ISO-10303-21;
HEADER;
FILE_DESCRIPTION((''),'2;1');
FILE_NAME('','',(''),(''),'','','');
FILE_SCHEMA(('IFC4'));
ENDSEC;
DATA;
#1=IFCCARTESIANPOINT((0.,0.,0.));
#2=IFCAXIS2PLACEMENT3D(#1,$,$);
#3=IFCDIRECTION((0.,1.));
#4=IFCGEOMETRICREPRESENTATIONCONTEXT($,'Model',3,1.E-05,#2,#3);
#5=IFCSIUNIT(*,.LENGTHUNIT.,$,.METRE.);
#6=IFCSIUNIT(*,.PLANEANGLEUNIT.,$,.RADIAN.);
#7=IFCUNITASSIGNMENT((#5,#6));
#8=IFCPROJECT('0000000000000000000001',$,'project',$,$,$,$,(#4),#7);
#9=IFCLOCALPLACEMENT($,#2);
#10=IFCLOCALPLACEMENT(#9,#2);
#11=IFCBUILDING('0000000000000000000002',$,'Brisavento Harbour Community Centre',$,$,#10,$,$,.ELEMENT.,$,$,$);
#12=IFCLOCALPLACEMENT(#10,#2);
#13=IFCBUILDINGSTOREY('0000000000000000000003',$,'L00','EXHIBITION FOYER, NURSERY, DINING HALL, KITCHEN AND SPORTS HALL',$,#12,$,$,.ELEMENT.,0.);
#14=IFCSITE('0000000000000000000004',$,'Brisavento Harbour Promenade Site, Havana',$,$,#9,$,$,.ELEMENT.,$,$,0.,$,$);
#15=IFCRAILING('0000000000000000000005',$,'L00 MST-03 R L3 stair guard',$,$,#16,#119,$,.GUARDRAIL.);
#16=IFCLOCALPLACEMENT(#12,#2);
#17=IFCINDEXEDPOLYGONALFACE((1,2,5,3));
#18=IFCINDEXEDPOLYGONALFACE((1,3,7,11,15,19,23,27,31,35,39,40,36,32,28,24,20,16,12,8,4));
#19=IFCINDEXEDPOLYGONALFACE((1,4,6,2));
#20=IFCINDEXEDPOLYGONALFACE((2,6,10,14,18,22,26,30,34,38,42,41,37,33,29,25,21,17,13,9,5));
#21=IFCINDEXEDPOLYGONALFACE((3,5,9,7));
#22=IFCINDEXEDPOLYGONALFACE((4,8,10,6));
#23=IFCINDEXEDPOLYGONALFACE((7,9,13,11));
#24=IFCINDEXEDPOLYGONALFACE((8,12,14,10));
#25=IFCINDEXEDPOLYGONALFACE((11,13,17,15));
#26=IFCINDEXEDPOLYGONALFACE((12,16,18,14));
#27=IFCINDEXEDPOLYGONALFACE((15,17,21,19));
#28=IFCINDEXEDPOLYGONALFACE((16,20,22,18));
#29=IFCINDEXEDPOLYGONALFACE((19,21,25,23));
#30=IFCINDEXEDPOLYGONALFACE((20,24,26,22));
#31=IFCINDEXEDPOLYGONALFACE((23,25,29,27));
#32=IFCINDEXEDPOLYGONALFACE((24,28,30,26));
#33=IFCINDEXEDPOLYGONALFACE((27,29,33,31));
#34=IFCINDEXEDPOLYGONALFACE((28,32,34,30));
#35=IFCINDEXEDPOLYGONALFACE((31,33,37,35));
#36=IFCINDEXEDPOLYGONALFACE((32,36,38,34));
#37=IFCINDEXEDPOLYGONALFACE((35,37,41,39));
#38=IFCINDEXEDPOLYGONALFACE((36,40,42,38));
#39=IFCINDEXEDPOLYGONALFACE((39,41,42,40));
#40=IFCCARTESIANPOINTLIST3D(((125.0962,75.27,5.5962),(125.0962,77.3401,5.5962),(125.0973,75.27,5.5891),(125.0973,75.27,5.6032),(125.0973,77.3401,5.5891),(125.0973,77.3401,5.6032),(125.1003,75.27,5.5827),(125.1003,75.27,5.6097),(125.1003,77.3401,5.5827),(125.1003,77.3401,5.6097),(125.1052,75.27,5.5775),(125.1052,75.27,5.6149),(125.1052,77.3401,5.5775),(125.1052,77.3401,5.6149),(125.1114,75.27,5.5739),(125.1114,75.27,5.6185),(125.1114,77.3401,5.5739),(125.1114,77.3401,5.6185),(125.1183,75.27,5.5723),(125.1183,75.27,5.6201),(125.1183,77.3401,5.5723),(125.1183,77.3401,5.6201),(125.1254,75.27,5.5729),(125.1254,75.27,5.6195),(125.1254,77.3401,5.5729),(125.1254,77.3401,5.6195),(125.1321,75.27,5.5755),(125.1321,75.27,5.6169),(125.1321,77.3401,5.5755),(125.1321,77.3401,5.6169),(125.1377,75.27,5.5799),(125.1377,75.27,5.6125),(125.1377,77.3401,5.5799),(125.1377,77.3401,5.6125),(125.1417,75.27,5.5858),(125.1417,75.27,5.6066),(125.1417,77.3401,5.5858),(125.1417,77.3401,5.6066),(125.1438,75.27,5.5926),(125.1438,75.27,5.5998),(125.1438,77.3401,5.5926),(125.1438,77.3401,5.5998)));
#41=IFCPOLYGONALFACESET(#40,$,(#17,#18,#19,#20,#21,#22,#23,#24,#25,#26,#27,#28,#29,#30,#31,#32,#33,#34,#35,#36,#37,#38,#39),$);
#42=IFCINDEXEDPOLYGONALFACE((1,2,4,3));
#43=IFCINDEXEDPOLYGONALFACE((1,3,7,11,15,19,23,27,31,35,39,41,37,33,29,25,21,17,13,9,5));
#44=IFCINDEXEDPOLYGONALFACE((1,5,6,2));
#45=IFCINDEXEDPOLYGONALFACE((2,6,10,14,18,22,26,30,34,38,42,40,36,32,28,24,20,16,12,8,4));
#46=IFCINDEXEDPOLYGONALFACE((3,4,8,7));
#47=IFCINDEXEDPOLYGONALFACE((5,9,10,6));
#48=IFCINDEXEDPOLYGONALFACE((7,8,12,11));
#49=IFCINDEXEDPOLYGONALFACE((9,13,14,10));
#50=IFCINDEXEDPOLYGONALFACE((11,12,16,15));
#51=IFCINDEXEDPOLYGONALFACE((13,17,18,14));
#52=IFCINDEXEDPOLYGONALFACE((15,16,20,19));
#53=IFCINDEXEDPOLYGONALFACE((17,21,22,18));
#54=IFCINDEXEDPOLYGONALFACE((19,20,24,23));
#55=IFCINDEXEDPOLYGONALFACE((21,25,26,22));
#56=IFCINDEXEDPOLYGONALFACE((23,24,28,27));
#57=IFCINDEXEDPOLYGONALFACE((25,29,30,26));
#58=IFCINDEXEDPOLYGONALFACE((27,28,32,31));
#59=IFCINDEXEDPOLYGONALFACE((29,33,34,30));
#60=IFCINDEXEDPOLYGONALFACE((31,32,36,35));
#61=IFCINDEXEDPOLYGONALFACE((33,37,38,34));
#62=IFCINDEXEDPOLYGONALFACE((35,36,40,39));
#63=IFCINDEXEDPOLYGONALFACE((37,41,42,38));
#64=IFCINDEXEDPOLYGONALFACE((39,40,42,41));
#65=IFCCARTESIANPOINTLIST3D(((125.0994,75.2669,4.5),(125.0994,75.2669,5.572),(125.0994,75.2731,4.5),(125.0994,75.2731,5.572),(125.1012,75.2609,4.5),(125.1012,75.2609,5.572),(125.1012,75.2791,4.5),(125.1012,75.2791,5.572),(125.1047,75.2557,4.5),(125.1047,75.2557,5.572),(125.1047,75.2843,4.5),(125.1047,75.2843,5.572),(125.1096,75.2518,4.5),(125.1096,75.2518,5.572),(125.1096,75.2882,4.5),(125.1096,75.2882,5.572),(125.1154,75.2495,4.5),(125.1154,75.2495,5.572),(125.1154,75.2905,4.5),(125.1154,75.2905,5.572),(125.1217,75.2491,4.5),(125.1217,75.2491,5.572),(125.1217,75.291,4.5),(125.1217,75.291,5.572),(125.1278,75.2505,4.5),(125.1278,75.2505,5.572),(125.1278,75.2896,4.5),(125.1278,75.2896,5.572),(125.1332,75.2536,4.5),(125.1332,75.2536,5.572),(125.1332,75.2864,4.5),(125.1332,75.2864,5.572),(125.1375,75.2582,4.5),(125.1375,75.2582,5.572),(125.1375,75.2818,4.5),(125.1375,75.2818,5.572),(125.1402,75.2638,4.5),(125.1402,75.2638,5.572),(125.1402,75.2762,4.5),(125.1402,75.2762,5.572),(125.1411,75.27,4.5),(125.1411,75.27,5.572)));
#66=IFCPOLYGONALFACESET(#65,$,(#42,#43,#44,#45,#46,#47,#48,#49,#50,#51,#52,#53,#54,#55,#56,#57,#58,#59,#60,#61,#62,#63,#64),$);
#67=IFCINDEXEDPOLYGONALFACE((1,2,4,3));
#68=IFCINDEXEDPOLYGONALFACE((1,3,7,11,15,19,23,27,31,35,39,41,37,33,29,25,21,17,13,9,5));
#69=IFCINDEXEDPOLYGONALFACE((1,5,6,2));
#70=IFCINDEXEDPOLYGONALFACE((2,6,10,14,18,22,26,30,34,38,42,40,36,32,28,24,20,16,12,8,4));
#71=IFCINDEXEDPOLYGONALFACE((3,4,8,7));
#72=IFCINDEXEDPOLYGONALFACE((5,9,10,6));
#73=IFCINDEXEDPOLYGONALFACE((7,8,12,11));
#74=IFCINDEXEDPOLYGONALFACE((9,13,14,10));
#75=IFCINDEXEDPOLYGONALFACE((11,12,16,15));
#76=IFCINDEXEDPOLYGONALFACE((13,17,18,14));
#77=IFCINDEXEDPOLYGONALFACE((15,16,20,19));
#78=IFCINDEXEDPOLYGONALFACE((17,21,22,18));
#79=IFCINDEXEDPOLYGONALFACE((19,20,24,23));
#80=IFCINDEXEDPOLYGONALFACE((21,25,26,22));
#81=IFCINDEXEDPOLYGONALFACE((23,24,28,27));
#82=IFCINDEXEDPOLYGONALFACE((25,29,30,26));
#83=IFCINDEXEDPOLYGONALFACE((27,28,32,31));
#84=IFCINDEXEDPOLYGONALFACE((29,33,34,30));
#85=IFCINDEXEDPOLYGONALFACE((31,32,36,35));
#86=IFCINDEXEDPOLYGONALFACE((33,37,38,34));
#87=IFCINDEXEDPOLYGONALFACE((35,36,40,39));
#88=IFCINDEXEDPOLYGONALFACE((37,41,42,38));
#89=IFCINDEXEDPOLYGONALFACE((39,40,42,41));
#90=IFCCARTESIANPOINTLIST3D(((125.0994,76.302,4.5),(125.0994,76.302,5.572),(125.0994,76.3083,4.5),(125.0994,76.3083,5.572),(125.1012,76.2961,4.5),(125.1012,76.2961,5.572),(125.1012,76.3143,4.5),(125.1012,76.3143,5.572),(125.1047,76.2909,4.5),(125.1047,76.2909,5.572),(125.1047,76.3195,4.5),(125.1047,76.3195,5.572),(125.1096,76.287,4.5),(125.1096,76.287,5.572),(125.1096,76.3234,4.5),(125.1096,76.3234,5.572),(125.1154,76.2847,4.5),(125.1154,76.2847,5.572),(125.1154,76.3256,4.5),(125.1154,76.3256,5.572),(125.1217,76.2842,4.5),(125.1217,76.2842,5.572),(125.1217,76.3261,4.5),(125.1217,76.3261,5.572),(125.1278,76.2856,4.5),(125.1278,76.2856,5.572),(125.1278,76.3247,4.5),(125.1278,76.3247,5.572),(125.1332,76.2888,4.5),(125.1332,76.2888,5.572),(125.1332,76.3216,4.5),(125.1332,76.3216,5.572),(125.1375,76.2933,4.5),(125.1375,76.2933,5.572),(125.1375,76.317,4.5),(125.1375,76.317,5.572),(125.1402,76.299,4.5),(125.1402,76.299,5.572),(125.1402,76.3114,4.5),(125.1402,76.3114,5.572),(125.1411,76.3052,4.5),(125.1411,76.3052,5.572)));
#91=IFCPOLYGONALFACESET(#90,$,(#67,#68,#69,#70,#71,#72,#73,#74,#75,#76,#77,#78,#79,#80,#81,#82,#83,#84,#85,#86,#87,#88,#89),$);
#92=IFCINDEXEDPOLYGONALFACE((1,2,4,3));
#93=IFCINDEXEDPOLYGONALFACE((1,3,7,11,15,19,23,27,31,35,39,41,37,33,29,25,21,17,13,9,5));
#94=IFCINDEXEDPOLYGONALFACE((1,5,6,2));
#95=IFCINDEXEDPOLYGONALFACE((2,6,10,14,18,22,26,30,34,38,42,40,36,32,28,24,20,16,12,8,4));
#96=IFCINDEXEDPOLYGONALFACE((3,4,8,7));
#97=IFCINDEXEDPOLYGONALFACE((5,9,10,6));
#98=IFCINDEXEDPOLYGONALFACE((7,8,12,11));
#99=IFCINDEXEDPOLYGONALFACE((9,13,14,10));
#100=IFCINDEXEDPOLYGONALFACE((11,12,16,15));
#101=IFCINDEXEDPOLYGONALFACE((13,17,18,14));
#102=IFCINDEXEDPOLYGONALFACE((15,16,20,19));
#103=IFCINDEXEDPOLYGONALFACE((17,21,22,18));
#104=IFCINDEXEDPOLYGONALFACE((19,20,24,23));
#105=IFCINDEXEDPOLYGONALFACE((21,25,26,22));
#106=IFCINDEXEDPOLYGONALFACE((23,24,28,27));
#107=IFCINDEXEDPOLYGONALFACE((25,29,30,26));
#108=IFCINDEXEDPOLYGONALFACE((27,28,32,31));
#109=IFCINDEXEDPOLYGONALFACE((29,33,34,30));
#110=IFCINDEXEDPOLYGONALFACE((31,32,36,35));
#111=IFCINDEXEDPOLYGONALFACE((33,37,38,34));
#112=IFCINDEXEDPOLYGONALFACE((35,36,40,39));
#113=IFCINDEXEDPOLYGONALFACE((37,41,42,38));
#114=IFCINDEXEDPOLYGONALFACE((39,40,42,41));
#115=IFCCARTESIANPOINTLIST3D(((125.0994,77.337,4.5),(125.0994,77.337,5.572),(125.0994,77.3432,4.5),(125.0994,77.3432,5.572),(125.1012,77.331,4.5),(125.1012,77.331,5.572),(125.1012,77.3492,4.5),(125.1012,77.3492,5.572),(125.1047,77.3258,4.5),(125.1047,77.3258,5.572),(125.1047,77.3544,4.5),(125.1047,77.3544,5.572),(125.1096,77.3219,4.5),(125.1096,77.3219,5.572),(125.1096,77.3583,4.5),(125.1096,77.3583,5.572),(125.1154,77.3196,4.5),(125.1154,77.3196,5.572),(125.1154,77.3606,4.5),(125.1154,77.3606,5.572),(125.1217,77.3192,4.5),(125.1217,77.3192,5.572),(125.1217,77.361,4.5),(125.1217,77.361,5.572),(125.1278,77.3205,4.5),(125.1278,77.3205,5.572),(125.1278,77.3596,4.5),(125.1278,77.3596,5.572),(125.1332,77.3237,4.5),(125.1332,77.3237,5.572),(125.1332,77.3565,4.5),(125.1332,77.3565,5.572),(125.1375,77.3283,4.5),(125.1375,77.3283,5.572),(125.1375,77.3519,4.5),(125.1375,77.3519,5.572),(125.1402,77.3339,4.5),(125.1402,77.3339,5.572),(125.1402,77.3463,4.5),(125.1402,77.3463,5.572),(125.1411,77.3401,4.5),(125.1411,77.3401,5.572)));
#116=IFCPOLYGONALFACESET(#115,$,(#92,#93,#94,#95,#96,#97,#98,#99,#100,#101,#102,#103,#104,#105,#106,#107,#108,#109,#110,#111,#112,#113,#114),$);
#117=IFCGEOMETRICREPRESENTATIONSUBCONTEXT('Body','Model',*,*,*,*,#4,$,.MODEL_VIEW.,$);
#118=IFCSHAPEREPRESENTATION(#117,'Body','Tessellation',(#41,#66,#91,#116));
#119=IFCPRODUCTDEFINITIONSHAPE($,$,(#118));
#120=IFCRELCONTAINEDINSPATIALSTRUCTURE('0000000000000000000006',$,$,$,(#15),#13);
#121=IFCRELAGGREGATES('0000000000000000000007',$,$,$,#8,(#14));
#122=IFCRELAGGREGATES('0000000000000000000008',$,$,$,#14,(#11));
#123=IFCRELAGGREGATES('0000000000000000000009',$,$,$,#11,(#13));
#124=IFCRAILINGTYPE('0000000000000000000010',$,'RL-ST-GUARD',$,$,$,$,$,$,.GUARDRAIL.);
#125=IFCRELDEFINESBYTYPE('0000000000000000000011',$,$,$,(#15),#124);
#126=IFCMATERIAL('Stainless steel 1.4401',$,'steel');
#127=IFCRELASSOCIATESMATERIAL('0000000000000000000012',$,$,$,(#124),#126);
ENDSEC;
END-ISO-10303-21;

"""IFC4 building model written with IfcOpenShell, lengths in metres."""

from ifc_helpers import new_model, si_unit, direction, frame, origin, origin_2d, place, context, subcontext, project, spatial, circle, extrude, material, type_object, element, save


model = new_model("IFC4")

# Units and contexts
model_context = context("Model", 3, precision=1e-05, world=origin(), true_north=direction((0.0, 1.0)))
body_context = subcontext(model_context, "Body", "Model", "MODEL_VIEW")
ifc_project = project(units=[si_unit("LENGTHUNIT", "METRE"), si_unit("PLANEANGLEUNIT", "RADIAN")], contexts=[model_context])

# Site, building, storey
site_placement = place(None, origin())
site = spatial("IfcSite", under=ifc_project, at=site_placement, Name="Brisavento Harbour Promenade Site, Havana", CompositionType="ELEMENT", RefElevation=0.0)
building_placement = place(site_placement, origin())
building = spatial("IfcBuilding", under=site, at=building_placement, Name="Brisavento Harbour Community Centre", CompositionType="ELEMENT")
storey_placement = place(building_placement, origin())
storey = spatial("IfcBuildingStorey", under=building, at=storey_placement, Name="L00", Description="EXHIBITION FOYER, NURSERY, DINING HALL, KITCHEN AND SPORTS HALL", CompositionType="ELEMENT", Elevation=0.0)

# Railing
ifc_material_1 = material(Name="Stainless steel 1.4401", Category="steel")
railing_type = type_object("IfcRailingType", Name="RL-ST-GUARD", PredefinedType="GUARDRAIL", material=ifc_material_1)
railing_1_placement = place(storey_placement, frame((125.1201, 75.27, 4.5)))
element("IfcRailing", 1, at=railing_1_placement, inside=storey, type_object=railing_type, Name="L00 MST-03 R L3 stair guard", PredefinedType="GUARDRAIL", context=body_context, shape_type="SweptSolid", body=[
    extrude(circle(Radius=0.0239, at=origin_2d()), frame((0.0, 0.0, 1.0962), z_axis=(0.0, 1.0, 0.0), x_axis=(-1.0, 0.0, 0.0)), (0.0, 0.0, 1.0), 2.0701),
    extrude(circle(Radius=0.021, at=origin_2d()), origin(), (0.0, 0.0, 1.0), 1.072),
    extrude(circle(Radius=0.021, at=origin_2d()), frame((0.0, 1.0352, 0.0)), (0.0, 0.0, 1.0), 1.072),
    extrude(circle(Radius=0.021, at=origin_2d()), frame((0.0, 2.0701, 0.0)), (0.0, 0.0, 1.0), 1.072),
])

save(model, "model.ifc")
